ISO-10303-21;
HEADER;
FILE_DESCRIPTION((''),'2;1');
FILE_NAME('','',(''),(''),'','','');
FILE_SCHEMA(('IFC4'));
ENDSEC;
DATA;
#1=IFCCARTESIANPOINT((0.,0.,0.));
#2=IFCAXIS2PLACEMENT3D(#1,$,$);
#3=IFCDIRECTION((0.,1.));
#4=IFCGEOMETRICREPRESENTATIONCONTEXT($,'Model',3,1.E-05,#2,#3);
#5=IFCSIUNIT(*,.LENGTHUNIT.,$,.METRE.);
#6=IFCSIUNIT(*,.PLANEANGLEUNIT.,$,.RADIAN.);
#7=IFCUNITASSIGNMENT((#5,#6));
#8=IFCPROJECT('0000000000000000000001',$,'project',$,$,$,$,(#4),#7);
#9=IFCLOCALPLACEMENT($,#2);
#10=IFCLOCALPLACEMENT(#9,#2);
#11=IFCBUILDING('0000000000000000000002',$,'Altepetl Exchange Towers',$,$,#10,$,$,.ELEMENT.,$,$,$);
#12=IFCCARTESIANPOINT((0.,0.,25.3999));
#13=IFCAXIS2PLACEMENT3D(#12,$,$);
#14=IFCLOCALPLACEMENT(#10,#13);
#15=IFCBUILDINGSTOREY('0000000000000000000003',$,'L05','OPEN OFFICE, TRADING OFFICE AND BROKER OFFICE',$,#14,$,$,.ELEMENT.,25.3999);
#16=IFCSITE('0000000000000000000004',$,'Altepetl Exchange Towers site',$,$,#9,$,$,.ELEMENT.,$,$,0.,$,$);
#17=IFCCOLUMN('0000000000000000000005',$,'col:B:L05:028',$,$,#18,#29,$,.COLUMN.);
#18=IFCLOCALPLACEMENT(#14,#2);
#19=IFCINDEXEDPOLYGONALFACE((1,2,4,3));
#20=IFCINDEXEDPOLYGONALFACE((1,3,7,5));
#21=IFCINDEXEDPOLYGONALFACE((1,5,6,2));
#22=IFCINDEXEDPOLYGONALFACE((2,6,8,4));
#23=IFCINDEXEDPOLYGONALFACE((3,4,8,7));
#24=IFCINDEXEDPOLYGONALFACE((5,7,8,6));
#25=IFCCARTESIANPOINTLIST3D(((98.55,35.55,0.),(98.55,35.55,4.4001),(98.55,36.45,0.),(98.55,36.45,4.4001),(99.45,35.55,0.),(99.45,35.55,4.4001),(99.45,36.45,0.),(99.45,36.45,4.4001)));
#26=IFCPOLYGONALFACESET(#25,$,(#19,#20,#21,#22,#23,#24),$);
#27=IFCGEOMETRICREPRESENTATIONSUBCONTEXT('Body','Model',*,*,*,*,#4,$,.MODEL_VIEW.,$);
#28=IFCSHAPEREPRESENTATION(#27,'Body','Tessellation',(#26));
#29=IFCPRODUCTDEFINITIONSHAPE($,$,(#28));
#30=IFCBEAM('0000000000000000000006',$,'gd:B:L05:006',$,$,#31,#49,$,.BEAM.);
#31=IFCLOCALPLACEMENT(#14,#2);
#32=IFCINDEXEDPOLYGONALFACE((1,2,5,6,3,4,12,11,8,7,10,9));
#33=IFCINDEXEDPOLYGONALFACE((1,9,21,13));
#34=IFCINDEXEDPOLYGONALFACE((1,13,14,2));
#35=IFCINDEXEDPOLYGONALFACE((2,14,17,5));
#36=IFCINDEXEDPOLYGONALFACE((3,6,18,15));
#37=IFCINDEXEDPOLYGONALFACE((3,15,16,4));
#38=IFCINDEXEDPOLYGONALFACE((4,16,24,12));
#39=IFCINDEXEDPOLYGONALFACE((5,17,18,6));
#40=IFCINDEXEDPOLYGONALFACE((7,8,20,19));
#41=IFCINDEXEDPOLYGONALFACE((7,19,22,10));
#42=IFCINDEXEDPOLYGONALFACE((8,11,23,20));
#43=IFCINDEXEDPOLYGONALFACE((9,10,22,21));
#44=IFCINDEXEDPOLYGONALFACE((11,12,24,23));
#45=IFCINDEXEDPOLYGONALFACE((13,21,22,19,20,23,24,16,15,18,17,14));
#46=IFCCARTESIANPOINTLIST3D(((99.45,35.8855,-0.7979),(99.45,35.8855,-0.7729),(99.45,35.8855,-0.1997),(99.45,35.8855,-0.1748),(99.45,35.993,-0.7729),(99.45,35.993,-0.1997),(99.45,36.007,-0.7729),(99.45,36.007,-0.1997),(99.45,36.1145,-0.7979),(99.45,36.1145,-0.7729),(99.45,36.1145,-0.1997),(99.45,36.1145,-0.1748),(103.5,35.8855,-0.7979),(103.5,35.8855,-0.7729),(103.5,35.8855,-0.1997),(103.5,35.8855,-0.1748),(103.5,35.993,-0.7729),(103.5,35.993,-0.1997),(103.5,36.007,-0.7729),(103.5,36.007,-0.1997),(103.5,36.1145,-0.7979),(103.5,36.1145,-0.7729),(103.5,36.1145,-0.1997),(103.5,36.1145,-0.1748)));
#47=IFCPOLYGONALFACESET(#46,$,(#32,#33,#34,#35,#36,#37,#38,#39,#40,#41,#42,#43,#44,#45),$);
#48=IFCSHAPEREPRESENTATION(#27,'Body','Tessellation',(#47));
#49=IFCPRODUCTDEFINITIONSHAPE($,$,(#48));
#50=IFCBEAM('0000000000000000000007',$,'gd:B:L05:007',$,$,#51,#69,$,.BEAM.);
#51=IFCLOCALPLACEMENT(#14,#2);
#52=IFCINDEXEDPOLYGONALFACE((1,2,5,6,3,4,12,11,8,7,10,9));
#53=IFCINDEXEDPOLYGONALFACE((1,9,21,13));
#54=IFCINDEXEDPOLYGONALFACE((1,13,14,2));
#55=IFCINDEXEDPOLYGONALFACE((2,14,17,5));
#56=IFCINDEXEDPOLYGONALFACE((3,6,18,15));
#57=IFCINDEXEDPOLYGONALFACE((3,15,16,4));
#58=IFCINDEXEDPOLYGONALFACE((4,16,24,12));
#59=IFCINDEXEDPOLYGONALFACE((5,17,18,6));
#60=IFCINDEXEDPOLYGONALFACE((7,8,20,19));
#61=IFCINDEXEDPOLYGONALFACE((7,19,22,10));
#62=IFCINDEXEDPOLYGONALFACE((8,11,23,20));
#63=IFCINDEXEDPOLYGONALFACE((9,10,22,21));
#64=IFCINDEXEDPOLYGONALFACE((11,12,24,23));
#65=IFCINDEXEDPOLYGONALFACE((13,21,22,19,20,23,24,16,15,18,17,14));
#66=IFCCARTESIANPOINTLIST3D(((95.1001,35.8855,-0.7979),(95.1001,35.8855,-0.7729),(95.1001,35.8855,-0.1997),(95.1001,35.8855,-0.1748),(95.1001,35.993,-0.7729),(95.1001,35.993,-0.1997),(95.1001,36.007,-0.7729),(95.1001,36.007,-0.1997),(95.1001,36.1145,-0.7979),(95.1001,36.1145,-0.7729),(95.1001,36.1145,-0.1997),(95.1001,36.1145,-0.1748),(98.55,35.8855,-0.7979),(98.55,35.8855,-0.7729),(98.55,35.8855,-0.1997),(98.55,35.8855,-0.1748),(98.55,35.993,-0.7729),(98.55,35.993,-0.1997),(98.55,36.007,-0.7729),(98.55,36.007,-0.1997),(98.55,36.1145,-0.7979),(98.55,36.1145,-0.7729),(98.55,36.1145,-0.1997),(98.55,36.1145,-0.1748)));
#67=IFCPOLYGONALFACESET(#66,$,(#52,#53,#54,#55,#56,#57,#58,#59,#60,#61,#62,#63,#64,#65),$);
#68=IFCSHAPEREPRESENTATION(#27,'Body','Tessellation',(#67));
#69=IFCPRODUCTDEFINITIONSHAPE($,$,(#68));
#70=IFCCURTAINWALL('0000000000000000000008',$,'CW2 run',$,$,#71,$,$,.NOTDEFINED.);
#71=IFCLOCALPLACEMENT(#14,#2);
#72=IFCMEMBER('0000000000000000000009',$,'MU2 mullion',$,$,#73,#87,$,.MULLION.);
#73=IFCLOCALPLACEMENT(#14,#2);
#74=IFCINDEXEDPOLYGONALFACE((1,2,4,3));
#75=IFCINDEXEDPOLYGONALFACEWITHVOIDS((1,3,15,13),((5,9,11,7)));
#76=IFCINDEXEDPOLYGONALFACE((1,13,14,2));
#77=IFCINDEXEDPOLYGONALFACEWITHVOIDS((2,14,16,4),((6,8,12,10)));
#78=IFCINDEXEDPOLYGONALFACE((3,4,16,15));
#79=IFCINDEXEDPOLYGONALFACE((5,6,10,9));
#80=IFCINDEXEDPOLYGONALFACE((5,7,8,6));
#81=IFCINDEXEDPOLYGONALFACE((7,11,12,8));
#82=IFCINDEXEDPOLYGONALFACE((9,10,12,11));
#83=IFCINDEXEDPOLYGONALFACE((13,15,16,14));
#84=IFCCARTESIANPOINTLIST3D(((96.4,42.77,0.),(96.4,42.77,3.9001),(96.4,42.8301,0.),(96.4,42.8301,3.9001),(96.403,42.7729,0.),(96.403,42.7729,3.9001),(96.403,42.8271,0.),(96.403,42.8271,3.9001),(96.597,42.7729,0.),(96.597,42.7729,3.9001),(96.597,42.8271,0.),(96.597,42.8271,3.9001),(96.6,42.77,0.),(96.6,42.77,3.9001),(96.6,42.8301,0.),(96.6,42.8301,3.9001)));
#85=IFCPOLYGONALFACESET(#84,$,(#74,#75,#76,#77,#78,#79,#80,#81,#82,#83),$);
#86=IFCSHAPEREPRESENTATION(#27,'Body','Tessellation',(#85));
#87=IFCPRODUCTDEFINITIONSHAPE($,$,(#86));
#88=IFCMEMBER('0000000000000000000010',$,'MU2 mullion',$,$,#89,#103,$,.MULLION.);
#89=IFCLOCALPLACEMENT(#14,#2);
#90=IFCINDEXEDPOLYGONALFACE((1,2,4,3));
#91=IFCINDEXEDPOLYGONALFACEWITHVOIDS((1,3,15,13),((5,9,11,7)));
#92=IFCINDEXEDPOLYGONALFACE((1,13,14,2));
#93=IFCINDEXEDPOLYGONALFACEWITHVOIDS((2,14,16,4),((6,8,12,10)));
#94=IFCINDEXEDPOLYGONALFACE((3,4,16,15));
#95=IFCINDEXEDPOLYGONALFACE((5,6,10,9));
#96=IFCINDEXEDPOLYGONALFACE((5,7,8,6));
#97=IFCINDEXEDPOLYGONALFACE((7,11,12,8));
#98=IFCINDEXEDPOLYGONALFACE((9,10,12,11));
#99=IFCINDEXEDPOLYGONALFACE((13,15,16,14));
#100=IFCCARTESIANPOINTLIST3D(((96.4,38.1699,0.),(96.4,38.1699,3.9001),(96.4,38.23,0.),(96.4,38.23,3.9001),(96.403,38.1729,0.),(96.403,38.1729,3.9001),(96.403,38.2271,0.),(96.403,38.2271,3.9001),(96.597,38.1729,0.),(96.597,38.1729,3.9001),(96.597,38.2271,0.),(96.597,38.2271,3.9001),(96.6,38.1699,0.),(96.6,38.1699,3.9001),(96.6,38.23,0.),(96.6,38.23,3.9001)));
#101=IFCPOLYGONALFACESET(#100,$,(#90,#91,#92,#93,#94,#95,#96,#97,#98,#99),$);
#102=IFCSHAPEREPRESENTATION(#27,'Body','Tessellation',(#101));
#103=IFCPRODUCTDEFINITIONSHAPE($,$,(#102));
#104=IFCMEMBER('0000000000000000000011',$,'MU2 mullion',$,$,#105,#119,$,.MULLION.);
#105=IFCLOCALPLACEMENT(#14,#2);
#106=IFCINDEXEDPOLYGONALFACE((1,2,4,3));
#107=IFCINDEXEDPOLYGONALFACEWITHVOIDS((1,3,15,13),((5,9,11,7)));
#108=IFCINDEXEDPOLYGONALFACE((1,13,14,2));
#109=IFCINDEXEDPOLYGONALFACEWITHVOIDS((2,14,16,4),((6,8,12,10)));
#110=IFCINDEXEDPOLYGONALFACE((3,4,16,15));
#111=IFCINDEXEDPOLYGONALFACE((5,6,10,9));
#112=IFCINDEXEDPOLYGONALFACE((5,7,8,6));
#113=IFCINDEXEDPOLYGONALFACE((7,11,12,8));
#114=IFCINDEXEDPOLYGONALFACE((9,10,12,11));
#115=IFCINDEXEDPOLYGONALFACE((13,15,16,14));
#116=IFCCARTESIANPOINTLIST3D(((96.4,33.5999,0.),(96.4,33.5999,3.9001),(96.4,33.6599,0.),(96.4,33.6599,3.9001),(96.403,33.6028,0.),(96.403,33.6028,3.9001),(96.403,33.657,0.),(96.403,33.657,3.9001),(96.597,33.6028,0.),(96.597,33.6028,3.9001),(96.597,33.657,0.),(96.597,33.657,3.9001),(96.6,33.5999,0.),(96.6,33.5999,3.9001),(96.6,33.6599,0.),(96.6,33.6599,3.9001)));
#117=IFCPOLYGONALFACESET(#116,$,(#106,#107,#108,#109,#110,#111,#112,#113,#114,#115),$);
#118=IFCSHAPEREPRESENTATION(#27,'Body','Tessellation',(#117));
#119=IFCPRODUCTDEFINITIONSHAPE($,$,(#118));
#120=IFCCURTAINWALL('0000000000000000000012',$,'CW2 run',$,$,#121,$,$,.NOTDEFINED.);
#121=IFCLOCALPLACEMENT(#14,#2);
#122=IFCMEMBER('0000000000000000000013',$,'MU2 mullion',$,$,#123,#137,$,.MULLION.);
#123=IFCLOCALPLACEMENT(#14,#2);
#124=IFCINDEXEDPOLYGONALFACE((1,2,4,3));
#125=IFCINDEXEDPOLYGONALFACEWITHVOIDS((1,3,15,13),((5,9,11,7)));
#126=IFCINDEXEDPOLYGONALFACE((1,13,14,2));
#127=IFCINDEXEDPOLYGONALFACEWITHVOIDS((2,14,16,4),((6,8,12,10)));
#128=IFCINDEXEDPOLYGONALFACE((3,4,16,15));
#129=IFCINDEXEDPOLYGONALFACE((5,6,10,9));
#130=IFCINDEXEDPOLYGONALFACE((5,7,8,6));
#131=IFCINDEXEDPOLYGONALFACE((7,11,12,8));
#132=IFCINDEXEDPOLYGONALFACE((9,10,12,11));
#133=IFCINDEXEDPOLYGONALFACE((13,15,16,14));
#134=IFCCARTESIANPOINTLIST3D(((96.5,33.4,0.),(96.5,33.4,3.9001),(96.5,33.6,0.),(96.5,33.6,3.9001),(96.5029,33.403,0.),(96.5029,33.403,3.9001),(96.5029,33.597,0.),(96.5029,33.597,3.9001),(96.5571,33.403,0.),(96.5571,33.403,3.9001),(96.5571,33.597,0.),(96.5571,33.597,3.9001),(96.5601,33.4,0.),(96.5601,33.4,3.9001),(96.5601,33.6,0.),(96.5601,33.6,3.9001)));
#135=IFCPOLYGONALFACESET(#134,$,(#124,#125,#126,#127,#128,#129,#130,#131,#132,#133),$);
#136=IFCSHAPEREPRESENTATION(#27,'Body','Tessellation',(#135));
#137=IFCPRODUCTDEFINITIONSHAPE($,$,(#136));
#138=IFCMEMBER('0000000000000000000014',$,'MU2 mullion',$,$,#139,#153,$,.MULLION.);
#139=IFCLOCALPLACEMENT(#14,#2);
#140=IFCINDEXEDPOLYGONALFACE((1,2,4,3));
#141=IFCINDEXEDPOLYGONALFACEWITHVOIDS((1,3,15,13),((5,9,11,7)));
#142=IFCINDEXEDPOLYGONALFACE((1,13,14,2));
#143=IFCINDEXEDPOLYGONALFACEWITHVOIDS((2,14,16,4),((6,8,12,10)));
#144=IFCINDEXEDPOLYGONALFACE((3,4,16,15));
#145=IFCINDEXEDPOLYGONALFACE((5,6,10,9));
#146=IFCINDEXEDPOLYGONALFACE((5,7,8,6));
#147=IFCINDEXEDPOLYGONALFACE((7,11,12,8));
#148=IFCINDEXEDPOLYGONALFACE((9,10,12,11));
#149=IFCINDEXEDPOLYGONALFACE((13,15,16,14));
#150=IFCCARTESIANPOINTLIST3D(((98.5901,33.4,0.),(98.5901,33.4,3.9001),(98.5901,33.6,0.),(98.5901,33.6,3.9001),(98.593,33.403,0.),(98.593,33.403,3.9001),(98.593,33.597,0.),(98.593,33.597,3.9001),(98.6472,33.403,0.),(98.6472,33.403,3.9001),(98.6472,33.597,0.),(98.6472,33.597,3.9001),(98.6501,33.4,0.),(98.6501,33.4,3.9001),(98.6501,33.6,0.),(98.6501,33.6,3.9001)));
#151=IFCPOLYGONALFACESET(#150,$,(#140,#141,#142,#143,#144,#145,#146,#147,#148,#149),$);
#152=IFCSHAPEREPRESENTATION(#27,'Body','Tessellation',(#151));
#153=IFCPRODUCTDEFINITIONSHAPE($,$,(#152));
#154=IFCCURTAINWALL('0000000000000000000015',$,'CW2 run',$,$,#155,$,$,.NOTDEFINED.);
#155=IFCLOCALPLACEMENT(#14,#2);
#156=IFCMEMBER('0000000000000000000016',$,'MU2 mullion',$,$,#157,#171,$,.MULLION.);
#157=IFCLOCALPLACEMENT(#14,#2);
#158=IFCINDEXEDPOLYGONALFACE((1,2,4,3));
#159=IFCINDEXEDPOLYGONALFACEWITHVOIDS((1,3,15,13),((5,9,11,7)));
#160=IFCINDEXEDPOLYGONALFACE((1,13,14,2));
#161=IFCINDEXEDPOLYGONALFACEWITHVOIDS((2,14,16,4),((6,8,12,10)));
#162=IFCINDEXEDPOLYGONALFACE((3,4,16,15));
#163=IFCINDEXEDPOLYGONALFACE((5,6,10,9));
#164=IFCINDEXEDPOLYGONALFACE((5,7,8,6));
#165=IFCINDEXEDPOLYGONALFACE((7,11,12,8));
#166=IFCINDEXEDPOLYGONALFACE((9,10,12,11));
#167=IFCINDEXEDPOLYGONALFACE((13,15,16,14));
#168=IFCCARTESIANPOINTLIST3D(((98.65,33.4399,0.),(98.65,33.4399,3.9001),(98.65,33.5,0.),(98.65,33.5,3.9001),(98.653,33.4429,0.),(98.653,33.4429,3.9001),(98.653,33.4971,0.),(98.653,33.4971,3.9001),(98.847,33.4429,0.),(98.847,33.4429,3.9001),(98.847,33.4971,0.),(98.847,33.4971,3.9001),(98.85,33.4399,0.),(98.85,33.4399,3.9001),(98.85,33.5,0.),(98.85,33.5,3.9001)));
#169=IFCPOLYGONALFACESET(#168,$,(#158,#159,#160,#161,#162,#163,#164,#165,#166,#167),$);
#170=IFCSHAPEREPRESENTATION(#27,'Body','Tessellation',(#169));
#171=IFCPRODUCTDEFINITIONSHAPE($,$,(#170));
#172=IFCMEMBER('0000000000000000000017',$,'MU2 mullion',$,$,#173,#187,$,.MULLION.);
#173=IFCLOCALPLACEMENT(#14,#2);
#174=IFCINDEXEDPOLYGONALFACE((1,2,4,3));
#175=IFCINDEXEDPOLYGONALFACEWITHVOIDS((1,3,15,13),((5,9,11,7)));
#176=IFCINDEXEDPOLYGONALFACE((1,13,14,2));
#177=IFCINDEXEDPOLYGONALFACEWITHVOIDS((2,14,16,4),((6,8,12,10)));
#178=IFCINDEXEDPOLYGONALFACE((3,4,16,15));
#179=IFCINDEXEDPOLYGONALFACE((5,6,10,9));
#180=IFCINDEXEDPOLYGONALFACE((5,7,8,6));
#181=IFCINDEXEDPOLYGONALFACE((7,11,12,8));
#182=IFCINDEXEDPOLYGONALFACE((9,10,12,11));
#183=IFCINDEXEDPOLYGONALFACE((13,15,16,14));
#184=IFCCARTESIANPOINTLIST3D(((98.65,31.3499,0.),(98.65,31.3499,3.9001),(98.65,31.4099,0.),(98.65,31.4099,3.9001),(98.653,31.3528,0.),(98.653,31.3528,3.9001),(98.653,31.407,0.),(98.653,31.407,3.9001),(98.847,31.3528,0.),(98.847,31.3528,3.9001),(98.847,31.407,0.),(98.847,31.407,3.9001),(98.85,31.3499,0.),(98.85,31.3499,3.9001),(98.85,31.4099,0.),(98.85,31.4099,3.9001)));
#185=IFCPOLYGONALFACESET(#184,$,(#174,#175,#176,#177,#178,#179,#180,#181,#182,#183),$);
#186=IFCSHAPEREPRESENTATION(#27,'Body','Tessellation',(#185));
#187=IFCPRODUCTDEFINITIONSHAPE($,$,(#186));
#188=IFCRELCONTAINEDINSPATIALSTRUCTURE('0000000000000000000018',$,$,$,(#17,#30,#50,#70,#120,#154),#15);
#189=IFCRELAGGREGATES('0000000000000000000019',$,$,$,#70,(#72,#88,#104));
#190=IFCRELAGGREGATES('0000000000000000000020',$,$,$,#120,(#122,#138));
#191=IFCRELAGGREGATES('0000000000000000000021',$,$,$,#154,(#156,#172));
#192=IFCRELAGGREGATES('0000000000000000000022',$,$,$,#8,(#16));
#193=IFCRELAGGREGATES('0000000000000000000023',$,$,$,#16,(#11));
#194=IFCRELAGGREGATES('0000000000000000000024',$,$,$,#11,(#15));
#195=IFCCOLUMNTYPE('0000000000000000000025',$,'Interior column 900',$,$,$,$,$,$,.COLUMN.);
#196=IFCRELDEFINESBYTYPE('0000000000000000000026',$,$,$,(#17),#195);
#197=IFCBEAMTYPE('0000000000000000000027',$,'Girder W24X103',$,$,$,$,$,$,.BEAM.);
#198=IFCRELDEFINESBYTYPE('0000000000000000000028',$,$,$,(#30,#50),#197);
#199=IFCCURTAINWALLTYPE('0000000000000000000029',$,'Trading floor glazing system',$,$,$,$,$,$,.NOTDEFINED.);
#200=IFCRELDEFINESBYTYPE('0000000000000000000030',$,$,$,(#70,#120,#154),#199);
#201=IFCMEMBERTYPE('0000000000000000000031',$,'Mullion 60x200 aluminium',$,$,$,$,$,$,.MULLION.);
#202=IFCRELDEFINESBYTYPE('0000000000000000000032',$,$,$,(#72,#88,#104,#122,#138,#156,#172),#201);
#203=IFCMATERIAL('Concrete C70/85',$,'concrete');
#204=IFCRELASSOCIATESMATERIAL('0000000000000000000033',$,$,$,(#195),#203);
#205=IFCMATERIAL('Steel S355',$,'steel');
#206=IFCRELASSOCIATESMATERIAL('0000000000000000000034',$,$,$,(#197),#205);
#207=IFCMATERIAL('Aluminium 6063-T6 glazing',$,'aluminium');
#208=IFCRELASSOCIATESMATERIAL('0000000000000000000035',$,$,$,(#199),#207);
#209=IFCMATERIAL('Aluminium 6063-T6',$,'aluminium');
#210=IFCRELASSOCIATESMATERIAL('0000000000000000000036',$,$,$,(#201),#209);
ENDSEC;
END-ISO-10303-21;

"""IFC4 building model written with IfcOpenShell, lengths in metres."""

from ifc_helpers import new_model, si_unit, direction, frame, origin, origin_2d, place, context, subcontext, project, spatial, rectangle, hollow_rectangle, i_section, extrude, material, material_profile, profile_set, type_object, element, aggregate, save


model = new_model("IFC4")

# Units and contexts
model_context = context("Model", 3, precision=1e-05, world=origin(), true_north=direction((0.0, 1.0)))
body_context = subcontext(model_context, "Body", "Model", "MODEL_VIEW")
ifc_project = project(units=[si_unit("LENGTHUNIT", "METRE"), si_unit("PLANEANGLEUNIT", "RADIAN")], contexts=[model_context])

# Site, building, storey
site_placement = place(None, origin())
site = spatial("IfcSite", under=ifc_project, at=site_placement, Name="Altepetl Exchange Towers site", CompositionType="ELEMENT", RefElevation=0.0)
building_placement = place(site_placement, origin())
building = spatial("IfcBuilding", under=site, at=building_placement, Name="Altepetl Exchange Towers", CompositionType="ELEMENT")
storey_placement = place(building_placement, frame((0.0, 0.0, 25.3999)))
storey = spatial("IfcBuildingStorey", under=building, at=storey_placement, Name="L05", Description="OPEN OFFICE, TRADING OFFICE AND BROKER OFFICE", CompositionType="ELEMENT", Elevation=25.3999)

# Column
ifc_material_1 = material(Name="Concrete C70/85", Category="concrete")
ifc_material_profile_1 = material_profile(ifc_material_1, rectangle(XDim=0.8999, YDim=0.8999, at=origin_2d()), Name="900 x 900")
ifc_profile_set_1 = profile_set([ifc_material_profile_1], Name="Concrete C70/85")
column_type = type_object("IfcColumnType", Name="Interior column 900", PredefinedType="COLUMN", material=ifc_profile_set_1)
column_placement = place(storey_placement, frame((99.0, 36.0, 0.0)))
element("IfcColumn", 1, at=column_placement, inside=storey, type_object=column_type, Name="col:B:L05:028", PredefinedType="COLUMN", context=body_context, shape_type="SweptSolid", body=[
    extrude(rectangle(XDim=0.8999, YDim=0.8999, at=origin_2d()), origin(), (0.0, 0.0, 1.0), 4.4001),
])

# Beams
ifc_material_2 = material(Name="Steel S355", Category="steel")
ifc_material_profile_2 = material_profile(ifc_material_2, i_section(OverallWidth=0.229, OverallDepth=0.623, WebThickness=0.0139, FlangeThickness=0.0249, at=origin_2d()), Name="W24X103")
ifc_profile_set_2 = profile_set([ifc_material_profile_2], Name="Steel S355")
beam_type = type_object("IfcBeamType", Name="Girder W24X103", PredefinedType="BEAM", material=ifc_profile_set_2)
beam_1_placement = place(storey_placement, frame((103.5, 36.0, -0.4863), z_axis=(-1.0, 0.0, 0.0), x_axis=(0.0, -1.0, 0.0)))
element("IfcBeam", 2, at=beam_1_placement, inside=storey, type_object=beam_type, Name="gd:B:L05:006", PredefinedType="BEAM", context=body_context, shape_type="SweptSolid", body=[
    extrude(i_section(OverallWidth=0.229, OverallDepth=0.623, WebThickness=0.0139, FlangeThickness=0.0249, at=origin_2d()), origin(), (0.0, 0.0, 1.0), 4.05),
])
beam_2_placement = place(storey_placement, frame((98.55, 36.0, -0.4863), z_axis=(-1.0, 0.0, 0.0), x_axis=(0.0, -1.0, 0.0)))
element("IfcBeam", 3, at=beam_2_placement, inside=storey, type_object=beam_type, Name="gd:B:L05:007", PredefinedType="BEAM", context=body_context, shape_type="SweptSolid", body=[
    extrude(i_section(OverallWidth=0.229, OverallDepth=0.623, WebThickness=0.0139, FlangeThickness=0.0249, at=origin_2d()), origin(), (0.0, 0.0, 1.0), 3.45),
])

# Curtain walls, members
ifc_material_3 = material(Name="Aluminium 6063-T6 glazing", Category="aluminium")
curtain_wall_type = type_object("IfcCurtainWallType", Name="Trading floor glazing system", PredefinedType="NOTDEFINED", material=ifc_material_3)
curtain_wall_1_placement = place(storey_placement, origin())
curtain_wall_1 = element("IfcCurtainWall", 4, at=curtain_wall_1_placement, inside=storey, type_object=curtain_wall_type, Name="CW2 run", PredefinedType="NOTDEFINED")
ifc_material_4 = material(Name="Aluminium 6063-T6", Category="aluminium")
ifc_material_profile_3 = material_profile(ifc_material_4, hollow_rectangle(XDim=0.0601, YDim=0.2, WallThickness=0.0029, at=origin_2d()), Name="Mullion 60x200 aluminium")
ifc_profile_set_3 = profile_set([ifc_material_profile_3], Name="Aluminium 6063-T6")
member_type = type_object("IfcMemberType", Name="Mullion 60x200 aluminium", PredefinedType="MULLION", material=ifc_profile_set_3)
member_1_placement = place(storey_placement, frame((96.5, 42.8, 0.0), z_axis=(0.0, 0.0, 1.0), x_axis=(0.0, -1.0, 0.0)))
member_1 = element("IfcMember", 5, at=member_1_placement, type_object=member_type, Name="MU2 mullion", PredefinedType="MULLION", context=body_context, shape_type="SweptSolid", body=[
    extrude(hollow_rectangle(XDim=0.0601, YDim=0.2, WallThickness=0.0029, at=origin_2d()), origin(), (0.0, 0.0, 1.0), 3.9001),
])
member_2_placement = place(storey_placement, frame((96.5, 38.2, 0.0), z_axis=(0.0, 0.0, 1.0), x_axis=(0.0, -1.0, 0.0)))
member_2 = element("IfcMember", 6, at=member_2_placement, type_object=member_type, Name="MU2 mullion", PredefinedType="MULLION", context=body_context, shape_type="SweptSolid", body=[
    extrude(hollow_rectangle(XDim=0.0601, YDim=0.2, WallThickness=0.0029, at=origin_2d()), origin(), (0.0, 0.0, 1.0), 3.9001),
])
member_3_placement = place(storey_placement, frame((96.5, 33.6299, 0.0), z_axis=(0.0, 0.0, 1.0), x_axis=(0.0, -1.0, 0.0)))
member_3 = element("IfcMember", 7, at=member_3_placement, type_object=member_type, Name="MU2 mullion", PredefinedType="MULLION", context=body_context, shape_type="SweptSolid", body=[
    extrude(hollow_rectangle(XDim=0.0601, YDim=0.2, WallThickness=0.0029, at=origin_2d()), origin(), (0.0, 0.0, 1.0), 3.9001),
])
curtain_wall_2_placement = place(storey_placement, origin())
curtain_wall_2 = element("IfcCurtainWall", 8, at=curtain_wall_2_placement, inside=storey, type_object=curtain_wall_type, Name="CW2 run", PredefinedType="NOTDEFINED")
member_4_placement = place(storey_placement, frame((96.53, 33.5, 0.0)))
member_4 = element("IfcMember", 9, at=member_4_placement, type_object=member_type, Name="MU2 mullion", PredefinedType="MULLION", context=body_context, shape_type="SweptSolid", body=[
    extrude(hollow_rectangle(XDim=0.0601, YDim=0.2, WallThickness=0.0029, at=origin_2d()), origin(), (0.0, 0.0, 1.0), 3.9001),
])
member_5_placement = place(storey_placement, frame((98.6201, 33.5, 0.0)))
member_5 = element("IfcMember", 10, at=member_5_placement, type_object=member_type, Name="MU2 mullion", PredefinedType="MULLION", context=body_context, shape_type="SweptSolid", body=[
    extrude(hollow_rectangle(XDim=0.0601, YDim=0.2, WallThickness=0.0029, at=origin_2d()), origin(), (0.0, 0.0, 1.0), 3.9001),
])
curtain_wall_3_placement = place(storey_placement, origin())
curtain_wall_3 = element("IfcCurtainWall", 11, at=curtain_wall_3_placement, inside=storey, type_object=curtain_wall_type, Name="CW2 run", PredefinedType="NOTDEFINED")
member_6_placement = place(storey_placement, frame((98.75, 33.47, 0.0), z_axis=(0.0, 0.0, 1.0), x_axis=(0.0, -1.0, 0.0)))
member_6 = element("IfcMember", 12, at=member_6_placement, type_object=member_type, Name="MU2 mullion", PredefinedType="MULLION", context=body_context, shape_type="SweptSolid", body=[
    extrude(hollow_rectangle(XDim=0.0601, YDim=0.2, WallThickness=0.0029, at=origin_2d()), origin(), (0.0, 0.0, 1.0), 3.9001),
])
member_7_placement = place(storey_placement, frame((98.75, 31.3799, 0.0), z_axis=(0.0, 0.0, 1.0), x_axis=(0.0, -1.0, 0.0)))
member_7 = element("IfcMember", 13, at=member_7_placement, type_object=member_type, Name="MU2 mullion", PredefinedType="MULLION", context=body_context, shape_type="SweptSolid", body=[
    extrude(hollow_rectangle(XDim=0.0601, YDim=0.2, WallThickness=0.0029, at=origin_2d()), origin(), (0.0, 0.0, 1.0), 3.9001),
])

aggregate(curtain_wall_1, [member_1, member_2, member_3])
aggregate(curtain_wall_2, [member_4, member_5])
aggregate(curtain_wall_3, [member_6, member_7])

save(model, "model.ifc")
